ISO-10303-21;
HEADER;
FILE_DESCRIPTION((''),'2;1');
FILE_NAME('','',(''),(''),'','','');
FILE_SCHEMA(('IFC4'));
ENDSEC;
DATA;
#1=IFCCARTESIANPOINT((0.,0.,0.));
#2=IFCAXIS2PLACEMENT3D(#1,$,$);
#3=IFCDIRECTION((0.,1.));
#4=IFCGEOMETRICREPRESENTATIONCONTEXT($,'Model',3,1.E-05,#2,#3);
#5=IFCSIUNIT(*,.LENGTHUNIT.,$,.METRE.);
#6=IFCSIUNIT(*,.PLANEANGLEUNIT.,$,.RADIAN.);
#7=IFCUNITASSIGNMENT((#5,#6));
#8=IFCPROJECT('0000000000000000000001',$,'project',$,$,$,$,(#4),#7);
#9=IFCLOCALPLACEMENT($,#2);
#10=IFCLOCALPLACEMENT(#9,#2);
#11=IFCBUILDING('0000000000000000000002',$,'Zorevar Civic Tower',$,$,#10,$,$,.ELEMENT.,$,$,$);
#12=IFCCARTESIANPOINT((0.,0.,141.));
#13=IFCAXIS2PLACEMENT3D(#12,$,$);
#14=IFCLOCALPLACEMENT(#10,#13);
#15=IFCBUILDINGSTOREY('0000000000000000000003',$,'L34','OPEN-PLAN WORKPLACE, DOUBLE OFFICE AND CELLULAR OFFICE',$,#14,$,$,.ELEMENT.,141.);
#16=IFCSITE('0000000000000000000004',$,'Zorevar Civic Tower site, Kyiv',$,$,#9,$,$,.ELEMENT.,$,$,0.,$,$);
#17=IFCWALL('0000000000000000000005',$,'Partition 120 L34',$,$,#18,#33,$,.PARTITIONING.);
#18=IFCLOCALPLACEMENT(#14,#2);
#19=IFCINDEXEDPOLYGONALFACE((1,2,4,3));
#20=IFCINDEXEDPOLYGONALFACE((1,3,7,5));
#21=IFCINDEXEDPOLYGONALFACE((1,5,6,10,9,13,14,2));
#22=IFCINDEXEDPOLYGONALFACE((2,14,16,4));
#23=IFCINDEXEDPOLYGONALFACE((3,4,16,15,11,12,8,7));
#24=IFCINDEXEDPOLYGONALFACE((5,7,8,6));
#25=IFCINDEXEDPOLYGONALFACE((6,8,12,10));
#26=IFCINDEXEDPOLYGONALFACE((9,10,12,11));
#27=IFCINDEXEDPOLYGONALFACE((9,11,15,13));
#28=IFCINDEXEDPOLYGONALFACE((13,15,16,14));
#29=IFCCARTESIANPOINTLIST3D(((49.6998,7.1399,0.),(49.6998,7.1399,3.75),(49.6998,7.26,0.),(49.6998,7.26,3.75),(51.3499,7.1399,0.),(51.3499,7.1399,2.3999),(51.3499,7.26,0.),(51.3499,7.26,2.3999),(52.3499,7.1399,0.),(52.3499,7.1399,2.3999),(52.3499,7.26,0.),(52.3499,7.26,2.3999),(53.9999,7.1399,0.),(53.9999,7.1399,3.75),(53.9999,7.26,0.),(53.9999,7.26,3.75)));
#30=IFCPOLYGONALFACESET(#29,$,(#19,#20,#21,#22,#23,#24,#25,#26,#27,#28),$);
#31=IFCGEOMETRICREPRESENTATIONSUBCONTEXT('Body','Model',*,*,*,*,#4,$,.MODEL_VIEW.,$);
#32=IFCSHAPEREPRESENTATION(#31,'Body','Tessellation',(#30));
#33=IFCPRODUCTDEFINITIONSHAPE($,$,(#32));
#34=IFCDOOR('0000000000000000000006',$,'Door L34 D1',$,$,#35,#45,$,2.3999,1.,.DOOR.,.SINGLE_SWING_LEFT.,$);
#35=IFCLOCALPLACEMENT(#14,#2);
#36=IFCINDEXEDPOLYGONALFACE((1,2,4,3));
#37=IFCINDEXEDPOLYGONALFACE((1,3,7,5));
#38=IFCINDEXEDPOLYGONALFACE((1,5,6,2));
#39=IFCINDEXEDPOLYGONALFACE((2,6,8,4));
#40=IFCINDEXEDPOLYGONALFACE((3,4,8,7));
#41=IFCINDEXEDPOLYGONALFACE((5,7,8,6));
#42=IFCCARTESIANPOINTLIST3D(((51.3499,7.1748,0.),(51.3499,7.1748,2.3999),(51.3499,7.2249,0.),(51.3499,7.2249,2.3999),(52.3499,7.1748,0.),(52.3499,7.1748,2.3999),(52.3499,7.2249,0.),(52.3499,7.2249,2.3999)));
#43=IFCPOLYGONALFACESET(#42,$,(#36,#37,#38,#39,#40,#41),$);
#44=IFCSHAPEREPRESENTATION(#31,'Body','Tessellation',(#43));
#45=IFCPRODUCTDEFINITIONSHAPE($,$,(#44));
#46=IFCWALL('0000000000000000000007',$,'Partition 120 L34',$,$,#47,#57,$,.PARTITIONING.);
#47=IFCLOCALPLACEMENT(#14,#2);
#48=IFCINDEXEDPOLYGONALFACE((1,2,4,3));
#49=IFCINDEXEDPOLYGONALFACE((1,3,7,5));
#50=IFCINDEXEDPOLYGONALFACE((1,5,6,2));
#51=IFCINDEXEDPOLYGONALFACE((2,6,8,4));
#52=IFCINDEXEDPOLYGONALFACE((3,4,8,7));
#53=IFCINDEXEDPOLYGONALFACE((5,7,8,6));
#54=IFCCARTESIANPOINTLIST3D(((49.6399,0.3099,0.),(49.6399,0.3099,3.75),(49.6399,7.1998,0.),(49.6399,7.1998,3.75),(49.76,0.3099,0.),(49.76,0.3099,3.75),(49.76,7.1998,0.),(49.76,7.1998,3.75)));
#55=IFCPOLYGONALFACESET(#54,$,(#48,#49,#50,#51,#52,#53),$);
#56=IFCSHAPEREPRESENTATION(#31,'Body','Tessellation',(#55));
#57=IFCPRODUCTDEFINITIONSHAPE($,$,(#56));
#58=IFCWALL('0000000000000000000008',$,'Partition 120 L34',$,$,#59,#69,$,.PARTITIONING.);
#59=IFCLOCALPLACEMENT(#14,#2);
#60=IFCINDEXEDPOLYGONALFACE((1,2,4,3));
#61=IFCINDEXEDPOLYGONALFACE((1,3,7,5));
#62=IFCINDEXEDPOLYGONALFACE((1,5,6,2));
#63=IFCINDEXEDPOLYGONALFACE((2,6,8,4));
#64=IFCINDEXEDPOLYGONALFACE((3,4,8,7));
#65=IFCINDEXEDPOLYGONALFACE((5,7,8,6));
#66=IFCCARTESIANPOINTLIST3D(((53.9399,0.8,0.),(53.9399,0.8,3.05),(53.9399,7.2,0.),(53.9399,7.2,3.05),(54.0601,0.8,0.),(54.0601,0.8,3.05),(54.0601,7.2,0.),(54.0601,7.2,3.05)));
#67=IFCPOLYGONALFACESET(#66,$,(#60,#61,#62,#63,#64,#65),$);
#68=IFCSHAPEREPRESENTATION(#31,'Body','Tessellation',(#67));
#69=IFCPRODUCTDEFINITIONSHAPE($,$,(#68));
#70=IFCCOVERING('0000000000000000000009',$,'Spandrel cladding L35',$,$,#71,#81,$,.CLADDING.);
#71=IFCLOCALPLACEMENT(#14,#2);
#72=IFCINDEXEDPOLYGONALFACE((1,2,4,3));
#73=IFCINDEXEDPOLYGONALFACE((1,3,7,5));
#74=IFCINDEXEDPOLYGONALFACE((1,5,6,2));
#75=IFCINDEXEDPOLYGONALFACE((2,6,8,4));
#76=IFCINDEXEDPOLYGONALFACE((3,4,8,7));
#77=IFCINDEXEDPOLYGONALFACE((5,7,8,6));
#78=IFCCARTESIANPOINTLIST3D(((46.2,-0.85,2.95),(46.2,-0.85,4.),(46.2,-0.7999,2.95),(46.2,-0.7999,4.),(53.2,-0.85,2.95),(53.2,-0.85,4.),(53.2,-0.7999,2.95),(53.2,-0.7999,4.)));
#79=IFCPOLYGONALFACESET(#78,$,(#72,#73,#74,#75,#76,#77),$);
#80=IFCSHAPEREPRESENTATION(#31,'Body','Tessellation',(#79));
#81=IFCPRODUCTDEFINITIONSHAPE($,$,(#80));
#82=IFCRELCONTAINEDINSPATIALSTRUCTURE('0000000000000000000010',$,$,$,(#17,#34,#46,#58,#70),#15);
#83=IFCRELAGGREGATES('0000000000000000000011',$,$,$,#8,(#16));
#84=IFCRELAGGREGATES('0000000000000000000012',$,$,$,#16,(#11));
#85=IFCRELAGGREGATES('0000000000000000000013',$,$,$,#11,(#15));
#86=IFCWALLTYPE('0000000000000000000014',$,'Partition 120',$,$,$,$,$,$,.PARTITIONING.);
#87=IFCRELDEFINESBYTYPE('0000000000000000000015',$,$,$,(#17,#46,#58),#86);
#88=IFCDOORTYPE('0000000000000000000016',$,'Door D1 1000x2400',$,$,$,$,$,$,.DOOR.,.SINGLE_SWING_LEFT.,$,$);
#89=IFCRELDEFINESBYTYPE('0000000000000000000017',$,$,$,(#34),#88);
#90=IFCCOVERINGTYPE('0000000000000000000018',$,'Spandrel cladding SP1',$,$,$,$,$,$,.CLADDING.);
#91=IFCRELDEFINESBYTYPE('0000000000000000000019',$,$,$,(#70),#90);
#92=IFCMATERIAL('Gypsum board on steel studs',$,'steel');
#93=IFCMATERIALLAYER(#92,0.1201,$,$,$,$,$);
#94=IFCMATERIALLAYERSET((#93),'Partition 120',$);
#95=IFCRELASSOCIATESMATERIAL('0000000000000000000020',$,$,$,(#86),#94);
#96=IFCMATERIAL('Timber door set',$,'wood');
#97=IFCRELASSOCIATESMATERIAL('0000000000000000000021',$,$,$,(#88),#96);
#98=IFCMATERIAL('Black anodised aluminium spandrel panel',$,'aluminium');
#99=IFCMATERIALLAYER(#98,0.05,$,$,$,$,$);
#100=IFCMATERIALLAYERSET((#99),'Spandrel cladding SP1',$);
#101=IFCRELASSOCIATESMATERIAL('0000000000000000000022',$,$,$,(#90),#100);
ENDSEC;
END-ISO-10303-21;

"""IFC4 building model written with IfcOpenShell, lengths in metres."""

from ifc_helpers import new_model, si_unit, direction, frame, frame_2d, origin, place, context, subcontext, project, spatial, rectangle, extrude, material, layer, layer_set, type_object, element, fill, save


model = new_model("IFC4")

# Units and contexts
model_context = context("Model", 3, precision=1e-05, world=origin(), true_north=direction((0.0, 1.0)))
body_context = subcontext(model_context, "Body", "Model", "MODEL_VIEW")
ifc_project = project(units=[si_unit("LENGTHUNIT", "METRE"), si_unit("PLANEANGLEUNIT", "RADIAN")], contexts=[model_context])

# Site, building, storey
site_placement = place(None, origin())
site = spatial("IfcSite", under=ifc_project, at=site_placement, Name="Zorevar Civic Tower site, Kyiv", CompositionType="ELEMENT", RefElevation=0.0)
building_placement = place(site_placement, origin())
building = spatial("IfcBuilding", under=site, at=building_placement, Name="Zorevar Civic Tower", CompositionType="ELEMENT")
storey_placement = place(building_placement, frame((0.0, 0.0, 141.0)))
storey = spatial("IfcBuildingStorey", under=building, at=storey_placement, Name="L34", Description="OPEN-PLAN WORKPLACE, DOUBLE OFFICE AND CELLULAR OFFICE", CompositionType="ELEMENT", Elevation=141.0)

# Wall, opening, door
ifc_material_1 = material(Name="Gypsum board on steel studs", Category="steel")
ifc_layer_1 = layer(ifc_material_1, 0.1201)
ifc_layer_set_1 = layer_set([ifc_layer_1], Name="Partition 120")
wall_type = type_object("IfcWallType", Name="Partition 120", PredefinedType="PARTITIONING", material=ifc_layer_set_1)
wall_1_placement = place(storey_placement, frame((49.7, 7.2, 0.0), z_axis=(0.0, 0.0, 1.0), x_axis=(1.0, 0.0, 0.0)))
wall_1 = element("IfcWall", 1, at=wall_1_placement, inside=storey, type_object=wall_type, Name="Partition 120 L34", PredefinedType="PARTITIONING", context=body_context, shape_type="SweptSolid", body=[
    extrude(rectangle(XDim=4.3, YDim=0.1201, at=frame_2d((2.1499, 0.0))), origin(), (0.0, 0.0, 1.0), 3.75),
])
opening_placement = place(wall_1_placement, frame((1.6499, 0.0, 0.0)))
opening = element("IfcOpeningElement", 2, at=opening_placement, cuts=wall_1, PredefinedType="OPENING", context=body_context, shape_type="SweptSolid", body=[
    extrude(rectangle(XDim=1.0, YDim=2.3999, at=frame_2d((0.5, 1.2))), frame((0.0, 0.0701, 0.0), z_axis=(0.0, -1.0, 0.0), x_axis=(1.0, 0.0, 0.0)), (0.0, 0.0, 1.0), 0.1401),
])
ifc_material_2 = material(Name="Timber door set", Category="wood")
door_type = type_object("IfcDoorType", Name="Door D1 1000x2400", OperationType="SINGLE_SWING_LEFT", PredefinedType="DOOR", material=ifc_material_2)
door_placement = place(opening_placement, origin())
door = element("IfcDoor", 3, at=door_placement, inside=storey, type_object=door_type, Name="Door L34 D1", OperationType="SINGLE_SWING_LEFT", OverallHeight=2.3999, OverallWidth=1.0, PredefinedType="DOOR", context=body_context, shape_type="SweptSolid", body=[
    extrude(rectangle(XDim=1.0, YDim=2.3999, at=frame_2d((0.5, 1.2))), frame((0.0, 0.0249, 0.0), z_axis=(0.0, -1.0, 0.0), x_axis=(1.0, 0.0, 0.0)), (0.0, 0.0, 1.0), 0.05),
])
fill(opening, door)

# Walls
wall_2_placement = place(storey_placement, frame((49.7, 0.3101, 0.0), z_axis=(0.0, 0.0, 1.0), x_axis=(0.0, 1.0, 0.0)))
element("IfcWall", 4, at=wall_2_placement, inside=storey, type_object=wall_type, Name="Partition 120 L34", PredefinedType="PARTITIONING", context=body_context, shape_type="SweptSolid", body=[
    extrude(rectangle(XDim=6.8899, YDim=0.1201, at=frame_2d((3.4448, 0.0))), origin(), (0.0, 0.0, 1.0), 3.75),
])
wall_3_placement = place(storey_placement, frame((54.0, 0.8, 0.0), z_axis=(0.0, 0.0, 1.0), x_axis=(0.0, 1.0, 0.0)))
element("IfcWall", 5, at=wall_3_placement, inside=storey, type_object=wall_type, Name="Partition 120 L34", PredefinedType="PARTITIONING", context=body_context, shape_type="SweptSolid", body=[
    extrude(rectangle(XDim=6.3999, YDim=0.1201, at=frame_2d((3.2, 0.0))), origin(), (0.0, 0.0, 1.0), 3.05),
])

# Covering
ifc_material_3 = material(Name="Black anodised aluminium spandrel panel", Category="aluminium")
ifc_layer_2 = layer(ifc_material_3, 0.05)
ifc_layer_set_2 = layer_set([ifc_layer_2], Name="Spandrel cladding SP1")
covering_type = type_object("IfcCoveringType", Name="Spandrel cladding SP1", PredefinedType="CLADDING", material=ifc_layer_set_2)
covering_placement = place(storey_placement, frame((46.2, -0.825, 2.95), z_axis=(0.0, 0.0, 1.0), x_axis=(1.0, 0.0, 0.0)))
element("IfcCovering", 6, at=covering_placement, inside=storey, type_object=covering_type, Name="Spandrel cladding L35", PredefinedType="CLADDING", context=body_context, shape_type="SweptSolid", body=[
    extrude(rectangle(XDim=7.0, YDim=0.05, at=frame_2d((3.5, 0.0))), origin(), (0.0, 0.0, 1.0), 1.05),
])

save(model, "model.ifc")
